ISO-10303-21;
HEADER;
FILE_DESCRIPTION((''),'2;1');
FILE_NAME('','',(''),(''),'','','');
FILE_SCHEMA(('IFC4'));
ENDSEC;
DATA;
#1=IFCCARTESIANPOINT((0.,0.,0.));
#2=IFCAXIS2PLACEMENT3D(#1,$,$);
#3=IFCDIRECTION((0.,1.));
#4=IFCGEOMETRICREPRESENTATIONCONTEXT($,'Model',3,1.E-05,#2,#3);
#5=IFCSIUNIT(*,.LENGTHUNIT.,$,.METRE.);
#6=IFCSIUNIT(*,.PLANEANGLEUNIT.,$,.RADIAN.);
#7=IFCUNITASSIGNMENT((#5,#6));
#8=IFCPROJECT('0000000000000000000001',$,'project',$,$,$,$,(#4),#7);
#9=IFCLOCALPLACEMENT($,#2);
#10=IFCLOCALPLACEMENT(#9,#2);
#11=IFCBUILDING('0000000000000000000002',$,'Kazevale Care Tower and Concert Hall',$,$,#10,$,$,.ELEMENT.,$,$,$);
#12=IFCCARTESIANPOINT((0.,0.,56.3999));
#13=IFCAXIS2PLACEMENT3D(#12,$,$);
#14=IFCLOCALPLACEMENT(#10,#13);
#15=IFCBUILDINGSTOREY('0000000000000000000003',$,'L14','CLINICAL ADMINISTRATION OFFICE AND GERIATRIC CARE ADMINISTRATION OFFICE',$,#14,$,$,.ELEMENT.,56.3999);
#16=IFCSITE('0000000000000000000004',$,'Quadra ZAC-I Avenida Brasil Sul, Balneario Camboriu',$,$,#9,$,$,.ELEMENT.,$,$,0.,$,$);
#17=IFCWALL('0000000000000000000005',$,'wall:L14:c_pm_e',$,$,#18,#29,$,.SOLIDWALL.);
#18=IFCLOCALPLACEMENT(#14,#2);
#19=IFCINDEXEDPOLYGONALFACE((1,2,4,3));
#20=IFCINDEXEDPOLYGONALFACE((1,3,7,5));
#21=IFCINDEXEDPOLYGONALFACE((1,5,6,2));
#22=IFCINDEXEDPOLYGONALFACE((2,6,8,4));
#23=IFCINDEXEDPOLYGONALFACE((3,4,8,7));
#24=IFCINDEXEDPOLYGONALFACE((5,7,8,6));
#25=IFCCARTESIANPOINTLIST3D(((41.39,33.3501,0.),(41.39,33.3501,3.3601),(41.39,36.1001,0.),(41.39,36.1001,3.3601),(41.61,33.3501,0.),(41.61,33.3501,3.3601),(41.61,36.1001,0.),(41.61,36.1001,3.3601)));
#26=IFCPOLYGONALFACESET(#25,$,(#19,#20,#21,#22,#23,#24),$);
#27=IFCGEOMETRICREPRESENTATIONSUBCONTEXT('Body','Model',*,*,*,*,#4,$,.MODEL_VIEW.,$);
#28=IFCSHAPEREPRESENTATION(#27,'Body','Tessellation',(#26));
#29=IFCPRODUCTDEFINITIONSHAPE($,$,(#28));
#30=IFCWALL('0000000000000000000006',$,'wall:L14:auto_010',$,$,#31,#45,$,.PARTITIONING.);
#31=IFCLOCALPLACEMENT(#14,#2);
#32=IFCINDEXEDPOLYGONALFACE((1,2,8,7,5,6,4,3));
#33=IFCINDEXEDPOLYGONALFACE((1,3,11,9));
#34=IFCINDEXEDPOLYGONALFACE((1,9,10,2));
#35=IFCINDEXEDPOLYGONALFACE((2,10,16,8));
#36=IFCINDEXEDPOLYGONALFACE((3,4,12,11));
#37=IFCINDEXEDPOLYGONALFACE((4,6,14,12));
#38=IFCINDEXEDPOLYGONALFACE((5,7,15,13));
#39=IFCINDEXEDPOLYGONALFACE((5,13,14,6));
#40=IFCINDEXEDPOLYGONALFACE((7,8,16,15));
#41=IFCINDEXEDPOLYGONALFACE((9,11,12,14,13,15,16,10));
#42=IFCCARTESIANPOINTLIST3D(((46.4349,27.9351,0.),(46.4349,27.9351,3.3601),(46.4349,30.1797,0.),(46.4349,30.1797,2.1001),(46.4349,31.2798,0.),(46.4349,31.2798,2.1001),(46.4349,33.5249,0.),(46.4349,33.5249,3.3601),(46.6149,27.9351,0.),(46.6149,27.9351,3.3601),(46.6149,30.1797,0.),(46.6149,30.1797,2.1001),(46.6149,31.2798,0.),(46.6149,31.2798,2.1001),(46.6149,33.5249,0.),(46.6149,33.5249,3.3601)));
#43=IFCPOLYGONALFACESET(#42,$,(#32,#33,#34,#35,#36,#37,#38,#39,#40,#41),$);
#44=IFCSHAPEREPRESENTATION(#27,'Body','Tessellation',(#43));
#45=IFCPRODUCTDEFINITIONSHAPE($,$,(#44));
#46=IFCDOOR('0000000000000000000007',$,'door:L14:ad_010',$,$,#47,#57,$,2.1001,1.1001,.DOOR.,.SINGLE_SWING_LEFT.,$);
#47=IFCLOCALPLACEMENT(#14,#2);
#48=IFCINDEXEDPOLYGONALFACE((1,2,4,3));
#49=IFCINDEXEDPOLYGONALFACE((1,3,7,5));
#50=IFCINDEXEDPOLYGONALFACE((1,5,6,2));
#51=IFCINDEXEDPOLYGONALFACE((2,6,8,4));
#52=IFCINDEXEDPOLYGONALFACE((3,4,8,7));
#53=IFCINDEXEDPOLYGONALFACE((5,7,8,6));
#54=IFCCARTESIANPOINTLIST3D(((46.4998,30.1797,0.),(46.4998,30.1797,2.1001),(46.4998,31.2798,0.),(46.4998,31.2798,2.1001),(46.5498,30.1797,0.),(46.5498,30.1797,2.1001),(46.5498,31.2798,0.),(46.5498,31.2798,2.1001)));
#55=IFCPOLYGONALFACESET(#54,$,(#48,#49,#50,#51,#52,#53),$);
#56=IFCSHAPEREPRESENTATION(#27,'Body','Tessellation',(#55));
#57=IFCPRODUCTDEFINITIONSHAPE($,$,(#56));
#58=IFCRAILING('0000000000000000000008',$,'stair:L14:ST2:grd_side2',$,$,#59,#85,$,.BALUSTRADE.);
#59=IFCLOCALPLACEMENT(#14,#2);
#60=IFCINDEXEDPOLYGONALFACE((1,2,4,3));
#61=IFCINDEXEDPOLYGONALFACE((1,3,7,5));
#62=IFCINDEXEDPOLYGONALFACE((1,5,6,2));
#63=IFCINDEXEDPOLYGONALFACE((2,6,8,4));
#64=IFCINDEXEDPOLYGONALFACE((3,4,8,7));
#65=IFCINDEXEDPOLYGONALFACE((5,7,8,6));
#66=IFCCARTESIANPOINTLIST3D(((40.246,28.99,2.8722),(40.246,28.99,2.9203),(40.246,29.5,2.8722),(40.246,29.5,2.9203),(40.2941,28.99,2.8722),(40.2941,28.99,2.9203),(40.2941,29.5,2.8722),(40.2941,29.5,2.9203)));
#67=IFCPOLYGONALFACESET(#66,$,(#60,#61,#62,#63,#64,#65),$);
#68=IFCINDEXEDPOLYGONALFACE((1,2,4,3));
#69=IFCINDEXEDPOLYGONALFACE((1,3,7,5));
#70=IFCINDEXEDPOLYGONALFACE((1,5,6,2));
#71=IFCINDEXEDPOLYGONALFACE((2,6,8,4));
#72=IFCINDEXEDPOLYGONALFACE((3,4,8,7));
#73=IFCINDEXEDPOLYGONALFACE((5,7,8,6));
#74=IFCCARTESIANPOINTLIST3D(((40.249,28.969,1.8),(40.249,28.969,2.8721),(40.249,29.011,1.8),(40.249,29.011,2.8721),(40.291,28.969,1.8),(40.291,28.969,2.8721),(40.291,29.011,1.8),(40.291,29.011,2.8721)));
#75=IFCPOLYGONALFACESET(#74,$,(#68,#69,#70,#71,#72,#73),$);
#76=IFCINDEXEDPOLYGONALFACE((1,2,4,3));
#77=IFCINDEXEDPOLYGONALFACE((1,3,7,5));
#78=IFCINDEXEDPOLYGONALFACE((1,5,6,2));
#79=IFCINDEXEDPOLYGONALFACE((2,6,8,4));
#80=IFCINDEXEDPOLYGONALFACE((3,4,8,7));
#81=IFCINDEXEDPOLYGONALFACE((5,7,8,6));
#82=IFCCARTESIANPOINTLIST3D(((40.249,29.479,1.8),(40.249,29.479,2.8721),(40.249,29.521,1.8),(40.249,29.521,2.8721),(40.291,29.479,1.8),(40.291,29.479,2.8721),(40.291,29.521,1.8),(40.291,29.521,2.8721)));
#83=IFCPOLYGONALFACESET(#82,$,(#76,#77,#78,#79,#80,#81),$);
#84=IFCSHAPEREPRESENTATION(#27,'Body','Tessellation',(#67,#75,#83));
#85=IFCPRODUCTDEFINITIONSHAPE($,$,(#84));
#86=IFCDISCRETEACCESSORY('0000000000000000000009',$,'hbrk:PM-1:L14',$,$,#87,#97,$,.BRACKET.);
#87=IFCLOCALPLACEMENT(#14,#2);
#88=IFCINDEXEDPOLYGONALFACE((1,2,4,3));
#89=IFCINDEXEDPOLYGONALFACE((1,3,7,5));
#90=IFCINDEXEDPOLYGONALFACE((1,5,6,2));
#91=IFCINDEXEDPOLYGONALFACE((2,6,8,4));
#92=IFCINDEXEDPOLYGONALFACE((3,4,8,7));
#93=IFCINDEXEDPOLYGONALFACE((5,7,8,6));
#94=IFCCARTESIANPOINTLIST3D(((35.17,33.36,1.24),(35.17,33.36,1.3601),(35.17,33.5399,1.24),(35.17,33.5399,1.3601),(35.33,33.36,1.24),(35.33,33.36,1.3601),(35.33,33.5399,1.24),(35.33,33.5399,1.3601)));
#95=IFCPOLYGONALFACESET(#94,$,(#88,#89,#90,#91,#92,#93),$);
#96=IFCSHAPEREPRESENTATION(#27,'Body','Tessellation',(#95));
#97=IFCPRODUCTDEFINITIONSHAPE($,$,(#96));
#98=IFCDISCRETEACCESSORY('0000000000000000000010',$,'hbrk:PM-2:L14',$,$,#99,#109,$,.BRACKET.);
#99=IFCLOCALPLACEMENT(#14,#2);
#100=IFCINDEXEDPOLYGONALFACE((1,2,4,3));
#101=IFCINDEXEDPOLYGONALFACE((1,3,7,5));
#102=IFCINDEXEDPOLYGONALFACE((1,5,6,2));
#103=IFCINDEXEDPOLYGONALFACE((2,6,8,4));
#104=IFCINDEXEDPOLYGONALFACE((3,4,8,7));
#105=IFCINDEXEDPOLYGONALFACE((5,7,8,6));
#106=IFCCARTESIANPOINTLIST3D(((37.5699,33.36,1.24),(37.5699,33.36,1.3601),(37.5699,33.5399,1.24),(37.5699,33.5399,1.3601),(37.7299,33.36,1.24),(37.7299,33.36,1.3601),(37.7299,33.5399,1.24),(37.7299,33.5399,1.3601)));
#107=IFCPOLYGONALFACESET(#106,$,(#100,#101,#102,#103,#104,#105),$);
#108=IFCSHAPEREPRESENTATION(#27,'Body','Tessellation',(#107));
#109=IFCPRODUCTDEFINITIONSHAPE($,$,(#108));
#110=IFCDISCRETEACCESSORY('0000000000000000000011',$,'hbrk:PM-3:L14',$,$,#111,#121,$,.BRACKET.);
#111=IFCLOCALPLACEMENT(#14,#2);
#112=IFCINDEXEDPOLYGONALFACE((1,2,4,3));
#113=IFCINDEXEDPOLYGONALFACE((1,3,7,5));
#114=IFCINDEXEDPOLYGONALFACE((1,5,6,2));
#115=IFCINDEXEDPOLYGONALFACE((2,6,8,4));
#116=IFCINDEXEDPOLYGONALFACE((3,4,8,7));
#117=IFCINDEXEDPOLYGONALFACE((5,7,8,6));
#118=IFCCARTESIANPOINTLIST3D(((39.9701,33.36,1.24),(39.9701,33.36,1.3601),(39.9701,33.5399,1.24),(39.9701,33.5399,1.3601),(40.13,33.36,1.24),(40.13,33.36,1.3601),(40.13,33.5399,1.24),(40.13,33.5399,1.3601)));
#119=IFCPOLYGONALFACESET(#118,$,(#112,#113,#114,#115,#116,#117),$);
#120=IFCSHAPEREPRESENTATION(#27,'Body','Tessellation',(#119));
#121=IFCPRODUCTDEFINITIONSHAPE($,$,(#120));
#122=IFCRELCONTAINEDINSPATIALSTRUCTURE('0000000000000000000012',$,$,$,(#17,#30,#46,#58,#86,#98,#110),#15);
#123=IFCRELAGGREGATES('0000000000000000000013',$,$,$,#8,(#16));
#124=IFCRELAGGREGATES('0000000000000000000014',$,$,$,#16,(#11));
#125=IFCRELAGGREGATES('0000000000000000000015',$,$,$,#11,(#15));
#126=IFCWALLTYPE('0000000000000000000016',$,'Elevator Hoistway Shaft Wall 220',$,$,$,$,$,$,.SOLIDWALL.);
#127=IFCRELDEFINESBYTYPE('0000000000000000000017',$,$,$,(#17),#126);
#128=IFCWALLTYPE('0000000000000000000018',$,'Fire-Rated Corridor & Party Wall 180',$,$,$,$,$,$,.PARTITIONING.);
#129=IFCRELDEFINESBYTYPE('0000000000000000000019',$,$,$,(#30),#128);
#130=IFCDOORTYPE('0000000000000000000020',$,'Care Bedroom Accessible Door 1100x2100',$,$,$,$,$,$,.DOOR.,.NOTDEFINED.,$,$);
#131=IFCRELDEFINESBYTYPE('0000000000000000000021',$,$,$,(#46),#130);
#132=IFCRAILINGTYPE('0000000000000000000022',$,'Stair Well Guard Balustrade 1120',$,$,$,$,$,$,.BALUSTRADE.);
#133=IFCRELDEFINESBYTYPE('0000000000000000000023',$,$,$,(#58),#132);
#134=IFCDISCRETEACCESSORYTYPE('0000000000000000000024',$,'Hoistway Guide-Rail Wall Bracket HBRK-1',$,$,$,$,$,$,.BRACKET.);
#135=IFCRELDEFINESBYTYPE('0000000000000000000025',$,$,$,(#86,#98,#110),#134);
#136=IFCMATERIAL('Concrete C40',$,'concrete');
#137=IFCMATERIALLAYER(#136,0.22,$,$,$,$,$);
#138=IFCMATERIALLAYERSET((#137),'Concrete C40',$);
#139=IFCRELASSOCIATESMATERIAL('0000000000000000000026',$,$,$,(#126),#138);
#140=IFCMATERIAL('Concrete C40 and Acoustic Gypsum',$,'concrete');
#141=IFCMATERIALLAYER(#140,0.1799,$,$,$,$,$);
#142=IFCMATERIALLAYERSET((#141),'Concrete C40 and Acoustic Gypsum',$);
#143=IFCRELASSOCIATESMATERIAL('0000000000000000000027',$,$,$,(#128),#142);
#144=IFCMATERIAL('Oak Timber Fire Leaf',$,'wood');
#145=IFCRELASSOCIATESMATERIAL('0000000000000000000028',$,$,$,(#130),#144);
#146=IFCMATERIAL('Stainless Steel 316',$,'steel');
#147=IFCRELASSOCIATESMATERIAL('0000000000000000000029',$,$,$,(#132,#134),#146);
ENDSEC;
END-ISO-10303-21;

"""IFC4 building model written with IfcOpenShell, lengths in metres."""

from ifc_helpers import new_model, si_unit, direction, frame, frame_2d, origin, origin_2d, place, context, subcontext, project, spatial, rectangle, extrude, material, layer, layer_set, type_object, element, fill, save


model = new_model("IFC4")

# Units and contexts
model_context = context("Model", 3, precision=1e-05, world=origin(), true_north=direction((0.0, 1.0)))
body_context = subcontext(model_context, "Body", "Model", "MODEL_VIEW")
ifc_project = project(units=[si_unit("LENGTHUNIT", "METRE"), si_unit("PLANEANGLEUNIT", "RADIAN")], contexts=[model_context])

# Site, building, storey
site_placement = place(None, origin())
site = spatial("IfcSite", under=ifc_project, at=site_placement, Name="Quadra ZAC-I Avenida Brasil Sul, Balneario Camboriu", CompositionType="ELEMENT", RefElevation=0.0)
building_placement = place(site_placement, origin())
building = spatial("IfcBuilding", under=site, at=building_placement, Name="Kazevale Care Tower and Concert Hall", CompositionType="ELEMENT")
storey_placement = place(building_placement, frame((0.0, 0.0, 56.3999)))
storey = spatial("IfcBuildingStorey", under=building, at=storey_placement, Name="L14", Description="CLINICAL ADMINISTRATION OFFICE AND GERIATRIC CARE ADMINISTRATION OFFICE", CompositionType="ELEMENT", Elevation=56.3999)

# Shared definitions
ifc_material_1 = material(Name="Oak Timber Fire Leaf", Category="wood")

# Wall
ifc_material_2 = material(Name="Concrete C40", Category="concrete")
ifc_layer_1 = layer(ifc_material_2, 0.22)
ifc_layer_set_1 = layer_set([ifc_layer_1], Name="Concrete C40")
wall_type_1 = type_object("IfcWallType", Name="Elevator Hoistway Shaft Wall 220", PredefinedType="SOLIDWALL", material=ifc_layer_set_1)
wall_1_placement = place(storey_placement, frame((41.5, 33.3501, 0.0), z_axis=(0.0, 0.0, 1.0), x_axis=(0.0, 1.0, 0.0)))
element("IfcWall", 1, at=wall_1_placement, inside=storey, type_object=wall_type_1, Name="wall:L14:c_pm_e", PredefinedType="SOLIDWALL", context=body_context, shape_type="SweptSolid", body=[
    extrude(rectangle(XDim=2.75, YDim=0.22, at=frame_2d((1.375, 0.0))), origin(), (0.0, 0.0, 1.0), 3.3601),
])

# Wall, opening, door
ifc_material_3 = material(Name="Concrete C40 and Acoustic Gypsum", Category="concrete")
ifc_layer_2 = layer(ifc_material_3, 0.1799)
ifc_layer_set_2 = layer_set([ifc_layer_2], Name="Concrete C40 and Acoustic Gypsum")
wall_type_2 = type_object("IfcWallType", Name="Fire-Rated Corridor & Party Wall 180", PredefinedType="PARTITIONING", material=ifc_layer_set_2)
wall_2_placement = place(storey_placement, frame((46.5249, 33.5249, 0.0), z_axis=(0.0, 0.0, 1.0), x_axis=(0.0, -1.0, 0.0)))
wall_2 = element("IfcWall", 2, at=wall_2_placement, inside=storey, type_object=wall_type_2, Name="wall:L14:auto_010", PredefinedType="PARTITIONING", context=body_context, shape_type="SweptSolid", body=[
    extrude(rectangle(XDim=5.5898, YDim=0.1799, at=frame_2d((2.7949, 0.0))), origin(), (0.0, 0.0, 1.0), 3.3601),
])
opening_1_placement = place(wall_2_placement, frame((2.2451, 0.0, 0.0)))
opening_1 = element("IfcOpeningElement", 3, at=opening_1_placement, cuts=wall_2, PredefinedType="OPENING", context=body_context, shape_type="SweptSolid", body=[
    extrude(rectangle(XDim=1.1001, YDim=2.1001, at=frame_2d((0.55, 1.05))), frame((0.0, 0.0999, 0.0), z_axis=(0.0, -1.0, 0.0), x_axis=(1.0, 0.0, 0.0)), (0.0, 0.0, 1.0), 0.2),
])
door_type_1 = type_object("IfcDoorType", Name="Care Bedroom Accessible Door 1100x2100", OperationType="NOTDEFINED", PredefinedType="DOOR", material=ifc_material_1)
door_1_placement = place(opening_1_placement, origin())
door_1 = element("IfcDoor", 4, at=door_1_placement, inside=storey, type_object=door_type_1, Name="door:L14:ad_010", OperationType="SINGLE_SWING_LEFT", OverallHeight=2.1001, OverallWidth=1.1001, PredefinedType="DOOR", context=body_context, shape_type="SweptSolid", body=[
    extrude(rectangle(XDim=1.1001, YDim=2.1001, at=frame_2d((0.55, 1.05))), frame((0.0, 0.0249, 0.0), z_axis=(0.0, -1.0, 0.0), x_axis=(1.0, 0.0, 0.0)), (0.0, 0.0, 1.0), 0.05),
])
fill(opening_1, door_1)

# Railing
ifc_material_4 = material(Name="Stainless Steel 316", Category="steel")
railing_type = type_object("IfcRailingType", Name="Stair Well Guard Balustrade 1120", PredefinedType="BALUSTRADE", material=ifc_material_4)
railing_placement = place(storey_placement, frame((40.27, 28.99, 1.8)))
element("IfcRailing", 5, at=railing_placement, inside=storey, type_object=railing_type, Name="stair:L14:ST2:grd_side2", PredefinedType="BALUSTRADE", context=body_context, shape_type="SweptSolid", body=[
    extrude(rectangle(XDim=0.0481, YDim=0.0481, at=origin_2d()), frame((0.0, 0.0, 1.0962), z_axis=(0.0, 1.0, 0.0), x_axis=(-1.0, 0.0, 0.0)), (0.0, 0.0, 1.0), 0.51),
    extrude(rectangle(XDim=0.042, YDim=0.042, at=origin_2d()), origin(), (0.0, 0.0, 1.0), 1.072),
    extrude(rectangle(XDim=0.042, YDim=0.042, at=origin_2d()), frame((0.0, 0.51, 0.0)), (0.0, 0.0, 1.0), 1.072),
])

# Discrete accessories
discrete_accessory_type = type_object("IfcDiscreteAccessoryType", Name="Hoistway Guide-Rail Wall Bracket HBRK-1", PredefinedType="BRACKET", material=ifc_material_4)
for number, where, z_axis, x_axis, name in (
    (6, (35.25, 33.45, 1.24), (0.0, 0.0, 1.0), (1.0, 0.0, 0.0), "hbrk:PM-1:L14"),
    (7, (37.6499, 33.45, 1.24), (0.0, 0.0, 1.0), (1.0, 0.0, 0.0), "hbrk:PM-2:L14"),
    (8, (40.05, 33.45, 1.24), (0.0, 0.0, 1.0), (1.0, 0.0, 0.0), "hbrk:PM-3:L14"),
):
    element("IfcDiscreteAccessory", number, at=place(storey_placement, frame(where, z_axis=z_axis, x_axis=x_axis)), inside=storey, type_object=discrete_accessory_type, Name=name, PredefinedType="BRACKET", context=body_context, shape_type="SweptSolid", body=[
        extrude(rectangle(XDim=0.1599, YDim=0.1799, at=origin_2d()), origin(), (0.0, 0.0, 1.0), 0.1201),
    ])

save(model, "model.ifc")
